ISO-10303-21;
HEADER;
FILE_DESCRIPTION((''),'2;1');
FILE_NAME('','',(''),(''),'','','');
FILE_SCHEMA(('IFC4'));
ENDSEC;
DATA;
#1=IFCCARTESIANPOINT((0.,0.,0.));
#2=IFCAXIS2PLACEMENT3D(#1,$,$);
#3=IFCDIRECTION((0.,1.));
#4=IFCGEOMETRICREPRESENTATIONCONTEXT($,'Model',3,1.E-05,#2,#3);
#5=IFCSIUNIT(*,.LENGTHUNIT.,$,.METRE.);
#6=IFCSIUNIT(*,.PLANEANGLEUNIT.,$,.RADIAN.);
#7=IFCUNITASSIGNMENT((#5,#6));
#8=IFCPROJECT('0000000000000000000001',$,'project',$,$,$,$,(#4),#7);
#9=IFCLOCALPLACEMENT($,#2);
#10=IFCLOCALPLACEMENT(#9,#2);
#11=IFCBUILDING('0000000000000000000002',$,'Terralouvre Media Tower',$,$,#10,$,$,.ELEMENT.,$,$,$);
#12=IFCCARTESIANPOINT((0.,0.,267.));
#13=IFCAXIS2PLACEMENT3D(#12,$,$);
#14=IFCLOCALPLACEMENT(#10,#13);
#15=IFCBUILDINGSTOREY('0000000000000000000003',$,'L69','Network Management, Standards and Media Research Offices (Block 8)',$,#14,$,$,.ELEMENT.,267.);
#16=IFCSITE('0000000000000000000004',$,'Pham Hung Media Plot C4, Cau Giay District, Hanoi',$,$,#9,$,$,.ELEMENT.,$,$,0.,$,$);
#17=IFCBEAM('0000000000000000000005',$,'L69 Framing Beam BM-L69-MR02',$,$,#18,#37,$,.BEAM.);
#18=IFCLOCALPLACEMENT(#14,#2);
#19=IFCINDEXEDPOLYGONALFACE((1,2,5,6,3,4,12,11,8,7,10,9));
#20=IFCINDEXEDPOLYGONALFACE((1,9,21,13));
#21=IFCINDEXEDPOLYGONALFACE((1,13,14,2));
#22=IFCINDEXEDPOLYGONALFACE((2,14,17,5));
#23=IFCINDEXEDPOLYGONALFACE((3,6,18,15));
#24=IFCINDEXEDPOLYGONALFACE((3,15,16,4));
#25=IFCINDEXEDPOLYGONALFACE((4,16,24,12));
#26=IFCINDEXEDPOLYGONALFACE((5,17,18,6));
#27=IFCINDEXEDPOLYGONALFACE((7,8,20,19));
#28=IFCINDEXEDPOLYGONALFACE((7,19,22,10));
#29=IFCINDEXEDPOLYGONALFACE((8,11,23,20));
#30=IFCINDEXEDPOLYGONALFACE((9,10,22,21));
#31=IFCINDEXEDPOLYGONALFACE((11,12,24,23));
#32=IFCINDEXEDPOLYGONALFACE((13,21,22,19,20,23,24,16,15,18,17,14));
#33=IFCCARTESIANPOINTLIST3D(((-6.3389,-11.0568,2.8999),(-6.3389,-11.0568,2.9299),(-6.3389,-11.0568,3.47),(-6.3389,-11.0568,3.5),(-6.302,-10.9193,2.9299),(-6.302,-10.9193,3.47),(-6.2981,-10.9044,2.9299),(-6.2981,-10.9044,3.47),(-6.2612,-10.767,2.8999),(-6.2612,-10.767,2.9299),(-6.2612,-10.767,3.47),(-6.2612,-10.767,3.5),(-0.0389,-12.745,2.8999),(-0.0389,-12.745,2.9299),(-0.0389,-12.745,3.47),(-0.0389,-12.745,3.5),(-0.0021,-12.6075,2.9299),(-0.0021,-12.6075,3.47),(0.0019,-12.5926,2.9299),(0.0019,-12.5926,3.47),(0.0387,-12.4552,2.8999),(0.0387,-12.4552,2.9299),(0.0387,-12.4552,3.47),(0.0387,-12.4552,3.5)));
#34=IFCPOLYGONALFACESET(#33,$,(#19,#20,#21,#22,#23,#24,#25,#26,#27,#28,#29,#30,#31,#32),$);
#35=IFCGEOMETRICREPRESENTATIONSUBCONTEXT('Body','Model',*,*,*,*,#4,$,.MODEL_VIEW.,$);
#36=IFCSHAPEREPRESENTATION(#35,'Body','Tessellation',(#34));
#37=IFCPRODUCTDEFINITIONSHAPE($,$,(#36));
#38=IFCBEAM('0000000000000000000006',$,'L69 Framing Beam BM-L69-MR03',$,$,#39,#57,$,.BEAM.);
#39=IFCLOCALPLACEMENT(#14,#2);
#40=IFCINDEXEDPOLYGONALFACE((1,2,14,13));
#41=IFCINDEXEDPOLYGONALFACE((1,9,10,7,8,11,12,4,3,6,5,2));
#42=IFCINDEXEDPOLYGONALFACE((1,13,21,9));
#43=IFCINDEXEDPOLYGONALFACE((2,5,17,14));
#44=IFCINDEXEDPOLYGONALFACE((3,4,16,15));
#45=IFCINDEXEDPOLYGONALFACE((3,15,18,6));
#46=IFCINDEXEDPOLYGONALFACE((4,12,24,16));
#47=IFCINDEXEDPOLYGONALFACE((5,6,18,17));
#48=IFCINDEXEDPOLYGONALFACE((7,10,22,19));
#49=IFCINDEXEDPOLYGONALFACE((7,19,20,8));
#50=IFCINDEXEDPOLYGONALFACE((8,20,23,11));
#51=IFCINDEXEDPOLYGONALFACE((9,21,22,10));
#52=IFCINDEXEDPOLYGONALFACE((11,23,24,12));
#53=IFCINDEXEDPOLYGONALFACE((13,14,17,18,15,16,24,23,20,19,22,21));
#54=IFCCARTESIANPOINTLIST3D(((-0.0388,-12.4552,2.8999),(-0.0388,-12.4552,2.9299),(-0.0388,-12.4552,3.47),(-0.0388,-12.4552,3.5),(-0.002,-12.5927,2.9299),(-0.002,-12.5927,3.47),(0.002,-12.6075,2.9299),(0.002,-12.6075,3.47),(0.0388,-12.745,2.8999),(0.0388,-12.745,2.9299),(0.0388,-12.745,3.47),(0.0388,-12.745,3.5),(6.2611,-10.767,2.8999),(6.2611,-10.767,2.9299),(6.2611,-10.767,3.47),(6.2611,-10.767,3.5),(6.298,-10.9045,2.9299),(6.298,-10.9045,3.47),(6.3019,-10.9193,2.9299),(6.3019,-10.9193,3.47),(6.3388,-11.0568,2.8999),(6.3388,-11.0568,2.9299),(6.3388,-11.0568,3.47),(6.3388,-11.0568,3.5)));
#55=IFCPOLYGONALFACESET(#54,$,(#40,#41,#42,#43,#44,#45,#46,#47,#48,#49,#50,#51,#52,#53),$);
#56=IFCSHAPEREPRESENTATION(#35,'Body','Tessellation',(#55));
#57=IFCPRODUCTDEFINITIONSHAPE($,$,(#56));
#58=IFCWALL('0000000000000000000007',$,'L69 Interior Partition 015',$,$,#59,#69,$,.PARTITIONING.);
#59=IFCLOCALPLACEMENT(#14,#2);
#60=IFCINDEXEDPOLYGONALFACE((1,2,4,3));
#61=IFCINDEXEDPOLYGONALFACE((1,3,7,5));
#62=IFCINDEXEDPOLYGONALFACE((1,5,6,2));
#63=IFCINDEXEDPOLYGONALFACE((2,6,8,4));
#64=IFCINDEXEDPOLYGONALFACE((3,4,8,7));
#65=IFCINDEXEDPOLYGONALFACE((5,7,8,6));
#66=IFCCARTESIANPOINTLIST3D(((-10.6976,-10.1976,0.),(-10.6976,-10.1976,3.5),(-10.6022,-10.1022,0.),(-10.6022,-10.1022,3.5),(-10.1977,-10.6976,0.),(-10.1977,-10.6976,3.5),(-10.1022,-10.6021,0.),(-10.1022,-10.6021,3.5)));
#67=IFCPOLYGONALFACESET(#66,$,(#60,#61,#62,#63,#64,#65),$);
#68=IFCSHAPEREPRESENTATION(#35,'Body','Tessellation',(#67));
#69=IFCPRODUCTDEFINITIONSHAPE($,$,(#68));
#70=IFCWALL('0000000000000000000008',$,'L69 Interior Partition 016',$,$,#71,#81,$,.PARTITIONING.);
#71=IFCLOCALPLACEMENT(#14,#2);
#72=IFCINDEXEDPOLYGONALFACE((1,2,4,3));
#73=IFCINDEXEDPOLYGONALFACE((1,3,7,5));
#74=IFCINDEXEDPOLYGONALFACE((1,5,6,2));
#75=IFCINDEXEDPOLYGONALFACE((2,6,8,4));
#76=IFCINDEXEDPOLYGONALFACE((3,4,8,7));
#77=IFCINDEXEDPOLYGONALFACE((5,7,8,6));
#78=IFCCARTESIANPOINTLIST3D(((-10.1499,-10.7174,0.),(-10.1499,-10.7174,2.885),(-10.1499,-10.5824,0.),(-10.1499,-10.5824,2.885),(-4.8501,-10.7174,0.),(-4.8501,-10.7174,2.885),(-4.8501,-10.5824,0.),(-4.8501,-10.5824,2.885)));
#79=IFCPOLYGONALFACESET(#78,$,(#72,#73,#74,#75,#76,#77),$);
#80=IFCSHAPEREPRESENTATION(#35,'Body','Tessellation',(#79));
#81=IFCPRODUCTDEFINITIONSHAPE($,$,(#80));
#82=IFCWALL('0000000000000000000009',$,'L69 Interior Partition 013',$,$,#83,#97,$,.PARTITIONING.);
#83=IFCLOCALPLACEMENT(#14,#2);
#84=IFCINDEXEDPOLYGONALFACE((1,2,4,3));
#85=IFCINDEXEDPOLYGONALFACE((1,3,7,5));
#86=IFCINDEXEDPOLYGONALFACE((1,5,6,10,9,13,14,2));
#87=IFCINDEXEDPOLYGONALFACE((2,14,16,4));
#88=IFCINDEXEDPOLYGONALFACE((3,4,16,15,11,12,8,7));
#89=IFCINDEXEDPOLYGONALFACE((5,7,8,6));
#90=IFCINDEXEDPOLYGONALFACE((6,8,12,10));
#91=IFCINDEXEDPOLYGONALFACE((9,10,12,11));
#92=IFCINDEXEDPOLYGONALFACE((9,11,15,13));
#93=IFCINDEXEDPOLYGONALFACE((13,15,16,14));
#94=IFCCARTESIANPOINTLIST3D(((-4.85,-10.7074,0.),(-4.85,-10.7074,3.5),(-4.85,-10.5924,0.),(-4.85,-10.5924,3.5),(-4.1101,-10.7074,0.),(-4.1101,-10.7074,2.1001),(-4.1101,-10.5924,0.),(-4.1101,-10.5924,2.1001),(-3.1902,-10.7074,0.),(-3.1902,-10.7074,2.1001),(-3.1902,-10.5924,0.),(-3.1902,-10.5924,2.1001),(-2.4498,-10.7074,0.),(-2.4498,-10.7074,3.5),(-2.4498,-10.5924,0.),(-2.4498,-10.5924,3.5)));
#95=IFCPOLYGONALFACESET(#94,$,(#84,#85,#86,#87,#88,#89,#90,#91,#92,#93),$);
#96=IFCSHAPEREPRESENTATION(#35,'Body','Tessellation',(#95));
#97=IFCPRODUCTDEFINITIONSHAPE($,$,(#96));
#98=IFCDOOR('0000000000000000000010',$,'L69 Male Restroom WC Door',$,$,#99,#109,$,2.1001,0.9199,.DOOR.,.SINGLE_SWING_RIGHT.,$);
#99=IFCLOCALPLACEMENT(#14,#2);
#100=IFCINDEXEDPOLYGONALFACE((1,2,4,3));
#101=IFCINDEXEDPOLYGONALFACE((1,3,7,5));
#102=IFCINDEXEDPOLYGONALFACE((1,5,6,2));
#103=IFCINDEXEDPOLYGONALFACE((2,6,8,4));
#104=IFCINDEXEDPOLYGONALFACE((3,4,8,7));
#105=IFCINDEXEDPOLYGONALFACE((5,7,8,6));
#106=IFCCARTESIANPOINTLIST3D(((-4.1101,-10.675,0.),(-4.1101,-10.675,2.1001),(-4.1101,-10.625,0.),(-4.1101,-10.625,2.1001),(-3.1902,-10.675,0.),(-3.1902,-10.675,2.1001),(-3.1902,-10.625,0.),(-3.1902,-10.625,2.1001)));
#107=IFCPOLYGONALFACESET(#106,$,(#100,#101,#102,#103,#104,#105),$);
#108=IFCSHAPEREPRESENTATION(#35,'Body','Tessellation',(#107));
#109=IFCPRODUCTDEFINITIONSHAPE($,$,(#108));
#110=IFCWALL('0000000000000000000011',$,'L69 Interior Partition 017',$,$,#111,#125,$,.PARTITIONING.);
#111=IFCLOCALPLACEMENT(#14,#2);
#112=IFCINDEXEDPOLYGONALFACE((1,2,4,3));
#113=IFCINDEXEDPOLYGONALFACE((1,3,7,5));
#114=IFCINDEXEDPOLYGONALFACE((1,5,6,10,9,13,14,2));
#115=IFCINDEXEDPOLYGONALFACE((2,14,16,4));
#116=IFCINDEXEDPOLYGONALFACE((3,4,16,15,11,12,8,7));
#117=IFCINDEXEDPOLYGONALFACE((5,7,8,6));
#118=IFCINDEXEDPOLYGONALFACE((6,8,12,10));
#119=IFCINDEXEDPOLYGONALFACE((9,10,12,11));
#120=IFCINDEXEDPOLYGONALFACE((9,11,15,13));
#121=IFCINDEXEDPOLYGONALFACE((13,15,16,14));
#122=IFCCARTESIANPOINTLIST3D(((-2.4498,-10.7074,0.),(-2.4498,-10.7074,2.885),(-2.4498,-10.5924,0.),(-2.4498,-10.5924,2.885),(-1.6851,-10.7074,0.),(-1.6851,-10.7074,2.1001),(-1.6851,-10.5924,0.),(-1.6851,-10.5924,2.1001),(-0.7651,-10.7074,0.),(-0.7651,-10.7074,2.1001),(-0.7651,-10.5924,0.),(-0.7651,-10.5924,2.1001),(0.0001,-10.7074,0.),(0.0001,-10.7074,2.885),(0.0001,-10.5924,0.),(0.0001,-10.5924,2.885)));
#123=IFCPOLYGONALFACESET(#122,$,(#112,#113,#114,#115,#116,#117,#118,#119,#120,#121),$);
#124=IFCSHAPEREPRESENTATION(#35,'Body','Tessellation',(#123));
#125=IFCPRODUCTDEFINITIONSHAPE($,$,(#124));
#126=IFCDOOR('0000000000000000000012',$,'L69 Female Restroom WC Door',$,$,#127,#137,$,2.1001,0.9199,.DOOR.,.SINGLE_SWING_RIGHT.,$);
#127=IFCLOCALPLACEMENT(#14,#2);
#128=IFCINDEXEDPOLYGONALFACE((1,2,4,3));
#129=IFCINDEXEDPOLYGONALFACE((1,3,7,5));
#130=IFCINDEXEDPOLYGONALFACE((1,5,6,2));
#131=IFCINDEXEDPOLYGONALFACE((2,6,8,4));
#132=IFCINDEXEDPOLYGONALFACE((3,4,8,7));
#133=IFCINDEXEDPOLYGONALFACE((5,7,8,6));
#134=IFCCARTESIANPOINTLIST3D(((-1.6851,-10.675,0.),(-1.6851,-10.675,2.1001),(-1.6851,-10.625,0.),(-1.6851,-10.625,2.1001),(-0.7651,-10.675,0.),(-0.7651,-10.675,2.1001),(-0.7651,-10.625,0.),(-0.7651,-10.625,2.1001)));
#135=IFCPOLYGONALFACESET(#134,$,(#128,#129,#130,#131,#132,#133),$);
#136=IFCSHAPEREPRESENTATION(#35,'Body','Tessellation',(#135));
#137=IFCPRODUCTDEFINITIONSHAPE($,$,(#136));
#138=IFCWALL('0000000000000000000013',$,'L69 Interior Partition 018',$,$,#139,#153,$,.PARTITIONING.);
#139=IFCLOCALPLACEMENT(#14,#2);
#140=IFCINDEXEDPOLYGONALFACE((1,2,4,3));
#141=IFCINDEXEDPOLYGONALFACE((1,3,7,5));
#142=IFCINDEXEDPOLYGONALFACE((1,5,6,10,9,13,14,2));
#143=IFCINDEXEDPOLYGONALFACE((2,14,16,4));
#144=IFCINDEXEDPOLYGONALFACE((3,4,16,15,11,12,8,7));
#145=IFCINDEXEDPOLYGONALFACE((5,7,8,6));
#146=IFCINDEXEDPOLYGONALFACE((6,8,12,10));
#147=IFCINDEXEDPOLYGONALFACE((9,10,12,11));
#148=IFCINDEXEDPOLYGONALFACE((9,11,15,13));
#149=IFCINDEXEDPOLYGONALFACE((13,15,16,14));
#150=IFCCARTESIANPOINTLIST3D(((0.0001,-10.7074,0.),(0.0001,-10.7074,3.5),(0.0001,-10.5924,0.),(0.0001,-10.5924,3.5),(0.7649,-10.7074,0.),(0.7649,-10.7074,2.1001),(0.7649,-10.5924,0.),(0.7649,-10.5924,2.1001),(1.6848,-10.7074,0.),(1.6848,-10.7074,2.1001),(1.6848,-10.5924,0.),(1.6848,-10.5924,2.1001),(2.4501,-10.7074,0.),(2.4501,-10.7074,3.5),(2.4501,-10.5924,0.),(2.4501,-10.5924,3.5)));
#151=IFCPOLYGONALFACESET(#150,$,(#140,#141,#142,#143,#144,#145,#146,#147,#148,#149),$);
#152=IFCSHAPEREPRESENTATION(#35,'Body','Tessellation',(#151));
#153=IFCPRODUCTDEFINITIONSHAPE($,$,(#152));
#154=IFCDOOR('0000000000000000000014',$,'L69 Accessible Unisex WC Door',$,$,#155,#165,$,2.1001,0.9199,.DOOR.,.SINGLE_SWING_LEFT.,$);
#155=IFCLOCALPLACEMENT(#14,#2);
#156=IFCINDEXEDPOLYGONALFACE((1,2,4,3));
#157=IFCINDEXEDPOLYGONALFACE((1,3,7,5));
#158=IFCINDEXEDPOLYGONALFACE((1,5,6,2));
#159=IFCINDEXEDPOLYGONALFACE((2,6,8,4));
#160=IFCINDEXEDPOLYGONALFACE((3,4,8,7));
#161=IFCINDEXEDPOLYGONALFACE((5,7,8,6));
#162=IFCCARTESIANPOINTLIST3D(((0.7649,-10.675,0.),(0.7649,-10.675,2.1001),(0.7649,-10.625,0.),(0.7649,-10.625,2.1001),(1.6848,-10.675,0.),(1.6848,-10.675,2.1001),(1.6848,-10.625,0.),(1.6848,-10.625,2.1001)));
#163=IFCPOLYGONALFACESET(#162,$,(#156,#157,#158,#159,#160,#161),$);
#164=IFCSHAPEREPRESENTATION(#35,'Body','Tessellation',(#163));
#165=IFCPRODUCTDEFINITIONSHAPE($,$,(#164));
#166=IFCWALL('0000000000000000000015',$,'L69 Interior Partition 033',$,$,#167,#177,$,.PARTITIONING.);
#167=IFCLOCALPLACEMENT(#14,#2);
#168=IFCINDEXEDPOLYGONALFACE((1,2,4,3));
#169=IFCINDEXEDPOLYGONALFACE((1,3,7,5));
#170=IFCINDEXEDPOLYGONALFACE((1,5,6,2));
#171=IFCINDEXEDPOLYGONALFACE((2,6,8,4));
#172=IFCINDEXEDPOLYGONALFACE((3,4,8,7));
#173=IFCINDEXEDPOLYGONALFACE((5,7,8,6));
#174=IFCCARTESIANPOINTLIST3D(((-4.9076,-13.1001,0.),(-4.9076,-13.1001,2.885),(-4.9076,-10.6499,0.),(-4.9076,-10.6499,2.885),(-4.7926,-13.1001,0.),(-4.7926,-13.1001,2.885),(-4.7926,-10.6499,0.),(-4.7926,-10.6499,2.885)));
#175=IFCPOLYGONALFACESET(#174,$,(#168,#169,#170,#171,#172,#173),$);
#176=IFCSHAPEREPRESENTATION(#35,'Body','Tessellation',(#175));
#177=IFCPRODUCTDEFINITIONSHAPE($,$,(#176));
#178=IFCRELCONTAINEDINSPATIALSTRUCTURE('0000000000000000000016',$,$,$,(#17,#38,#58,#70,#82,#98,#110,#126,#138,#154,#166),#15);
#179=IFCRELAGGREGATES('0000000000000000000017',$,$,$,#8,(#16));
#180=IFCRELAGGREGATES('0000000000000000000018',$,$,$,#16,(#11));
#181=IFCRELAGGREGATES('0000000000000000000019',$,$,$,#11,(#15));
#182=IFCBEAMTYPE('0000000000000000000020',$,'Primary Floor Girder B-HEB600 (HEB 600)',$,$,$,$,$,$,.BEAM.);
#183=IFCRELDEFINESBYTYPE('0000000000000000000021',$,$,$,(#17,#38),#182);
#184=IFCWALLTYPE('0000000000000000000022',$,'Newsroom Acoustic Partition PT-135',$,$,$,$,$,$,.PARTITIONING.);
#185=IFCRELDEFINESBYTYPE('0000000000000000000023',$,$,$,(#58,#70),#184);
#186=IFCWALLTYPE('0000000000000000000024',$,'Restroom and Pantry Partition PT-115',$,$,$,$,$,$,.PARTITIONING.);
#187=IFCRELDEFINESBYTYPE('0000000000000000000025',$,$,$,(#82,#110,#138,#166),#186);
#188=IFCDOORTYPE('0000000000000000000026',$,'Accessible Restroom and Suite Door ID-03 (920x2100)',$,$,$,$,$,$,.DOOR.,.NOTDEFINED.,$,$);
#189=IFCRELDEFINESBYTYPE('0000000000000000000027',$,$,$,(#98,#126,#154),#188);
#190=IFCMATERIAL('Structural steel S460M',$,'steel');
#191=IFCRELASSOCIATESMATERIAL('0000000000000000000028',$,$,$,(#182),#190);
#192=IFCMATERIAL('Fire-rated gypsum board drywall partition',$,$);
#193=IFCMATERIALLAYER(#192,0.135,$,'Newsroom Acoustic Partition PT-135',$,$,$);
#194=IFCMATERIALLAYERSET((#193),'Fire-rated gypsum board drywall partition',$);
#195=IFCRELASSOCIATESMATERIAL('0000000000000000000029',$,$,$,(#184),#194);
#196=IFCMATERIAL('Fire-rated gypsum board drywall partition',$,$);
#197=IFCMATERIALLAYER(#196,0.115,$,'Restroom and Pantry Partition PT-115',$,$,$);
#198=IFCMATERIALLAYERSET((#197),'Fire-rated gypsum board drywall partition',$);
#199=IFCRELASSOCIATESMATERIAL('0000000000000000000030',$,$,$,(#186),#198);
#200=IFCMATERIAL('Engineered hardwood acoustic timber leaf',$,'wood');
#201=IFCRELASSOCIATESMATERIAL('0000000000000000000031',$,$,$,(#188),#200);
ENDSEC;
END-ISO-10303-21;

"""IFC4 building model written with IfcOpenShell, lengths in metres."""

from ifc_helpers import new_model, si_unit, direction, frame, frame_2d, origin, origin_2d, place, context, subcontext, project, spatial, rectangle, i_section, extrude, material, layer, layer_set, material_profile, profile_set, type_object, element, fill, save


model = new_model("IFC4")

# Units and contexts
model_context = context("Model", 3, precision=1e-05, world=origin(), true_north=direction((0.0, 1.0)))
body_context = subcontext(model_context, "Body", "Model", "MODEL_VIEW")
ifc_project = project(units=[si_unit("LENGTHUNIT", "METRE"), si_unit("PLANEANGLEUNIT", "RADIAN")], contexts=[model_context])

# Site, building, storey
site_placement = place(None, origin())
site = spatial("IfcSite", under=ifc_project, at=site_placement, Name="Pham Hung Media Plot C4, Cau Giay District, Hanoi", CompositionType="ELEMENT", RefElevation=0.0)
building_placement = place(site_placement, origin())
building = spatial("IfcBuilding", under=site, at=building_placement, Name="Terralouvre Media Tower", CompositionType="ELEMENT")
storey_placement = place(building_placement, frame((0.0, 0.0, 267.0)))
storey = spatial("IfcBuildingStorey", under=building, at=storey_placement, Name="L69", Description="Network Management, Standards and Media Research Offices (Block 8)", CompositionType="ELEMENT", Elevation=267.0)

# Beams
ifc_material_1 = material(Name="Structural steel S460M", Category="steel")
ifc_material_profile_1 = material_profile(ifc_material_1, i_section(OverallWidth=0.3, OverallDepth=0.6001, WebThickness=0.0154, FlangeThickness=0.03, at=origin_2d()), Name="HEB 600")
ifc_profile_set_1 = profile_set([ifc_material_profile_1], Name="Structural steel S460M")
beam_type_1 = type_object("IfcBeamType", Name="Primary Floor Girder B-HEB600 (HEB 600)", PredefinedType="BEAM", material=ifc_profile_set_1)
for number, where, z_axis, x_axis, name in (
    (1, (-6.3, -10.9119, 3.2), (0.96592, -0.258839, 0.0), (0.258839, 0.96592, 0.0), "L69 Framing Beam BM-L69-MR02"),
    (2, (0.0, -12.6001, 3.2), (0.96592, 0.258839, 0.0), (-0.258839, 0.96592, 0.0), "L69 Framing Beam BM-L69-MR03"),
):
    element("IfcBeam", number, at=place(storey_placement, frame(where, z_axis=z_axis, x_axis=x_axis)), inside=storey, type_object=beam_type_1, Name=name, PredefinedType="BEAM", context=body_context, shape_type="SweptSolid", body=[
        extrude(i_section(OverallWidth=0.3, OverallDepth=0.6001, WebThickness=0.0154, FlangeThickness=0.03, at=origin_2d()), origin(), (0.0, 0.0, 1.0), 6.5222),
    ])

# Walls
ifc_material_2 = material(Name="Fire-rated gypsum board drywall partition")
ifc_layer_1 = layer(ifc_material_2, 0.135, Name="Newsroom Acoustic Partition PT-135")
ifc_layer_set_1 = layer_set([ifc_layer_1], Name="Fire-rated gypsum board drywall partition")
wall_type_1 = type_object("IfcWallType", Name="Newsroom Acoustic Partition PT-135", PredefinedType="PARTITIONING", material=ifc_layer_set_1)
wall_1_placement = place(storey_placement, frame((-10.6499, -10.1499, 0.0), z_axis=(0.0, 0.0, 1.0), x_axis=(0.707107, -0.707107, 0.0)))
element("IfcWall", 3, at=wall_1_placement, inside=storey, type_object=wall_type_1, Name="L69 Interior Partition 015", PredefinedType="PARTITIONING", context=body_context, shape_type="SweptSolid", body=[
    extrude(rectangle(XDim=0.707, YDim=0.135, at=frame_2d((0.3535, 0.0))), origin(), (0.0, 0.0, 1.0), 3.5),
])
wall_2_placement = place(storey_placement, frame((-10.1499, -10.6499, 0.0), z_axis=(0.0, 0.0, 1.0), x_axis=(1.0, 0.0, 0.0)))
element("IfcWall", 4, at=wall_2_placement, inside=storey, type_object=wall_type_1, Name="L69 Interior Partition 016", PredefinedType="PARTITIONING", context=body_context, shape_type="SweptSolid", body=[
    extrude(rectangle(XDim=5.2998, YDim=0.135, at=frame_2d((2.6499, 0.0))), origin(), (0.0, 0.0, 1.0), 2.885),
])

# Walls, openings, doors
ifc_material_3 = material(Name="Fire-rated gypsum board drywall partition")
ifc_layer_2 = layer(ifc_material_3, 0.115, Name="Restroom and Pantry Partition PT-115")
ifc_layer_set_2 = layer_set([ifc_layer_2], Name="Fire-rated gypsum board drywall partition")
wall_type_2 = type_object("IfcWallType", Name="Restroom and Pantry Partition PT-115", PredefinedType="PARTITIONING", material=ifc_layer_set_2)
wall_3_placement = place(storey_placement, frame((-4.8501, -10.6499, 0.0), z_axis=(0.0, 0.0, 1.0), x_axis=(1.0, 0.0, 0.0)))
wall_3 = element("IfcWall", 5, at=wall_3_placement, inside=storey, type_object=wall_type_2, Name="L69 Interior Partition 013", PredefinedType="PARTITIONING", context=body_context, shape_type="SweptSolid", body=[
    extrude(rectangle(XDim=2.4001, YDim=0.115, at=frame_2d((1.2002, 0.0))), origin(), (0.0, 0.0, 1.0), 3.5),
])
opening_1_placement = place(wall_3_placement, frame((0.74, 0.0, 0.0)))
opening_1 = element("IfcOpeningElement", 6, at=opening_1_placement, cuts=wall_3, PredefinedType="OPENING", context=body_context, shape_type="SweptSolid", body=[
    extrude(rectangle(XDim=0.9199, YDim=2.1001, at=frame_2d((0.46, 1.05))), frame((0.0, 0.0674, 0.0), z_axis=(0.0, -1.0, 0.0), x_axis=(1.0, 0.0, 0.0)), (0.0, 0.0, 1.0), 0.135),
])
ifc_material_4 = material(Name="Engineered hardwood acoustic timber leaf", Category="wood")
door_type = type_object("IfcDoorType", Name="Accessible Restroom and Suite Door ID-03 (920x2100)", OperationType="NOTDEFINED", PredefinedType="DOOR", material=ifc_material_4)
door_1_placement = place(opening_1_placement, origin())
door_1 = element("IfcDoor", 7, at=door_1_placement, inside=storey, type_object=door_type, Name="L69 Male Restroom WC Door", OperationType="SINGLE_SWING_RIGHT", OverallHeight=2.1001, OverallWidth=0.9199, PredefinedType="DOOR", context=body_context, shape_type="SweptSolid", body=[
    extrude(rectangle(XDim=0.9199, YDim=2.1001, at=frame_2d((0.46, 1.05))), frame((0.0, 0.0249, 0.0), z_axis=(0.0, -1.0, 0.0), x_axis=(1.0, 0.0, 0.0)), (0.0, 0.0, 1.0), 0.05),
])
fill(opening_1, door_1)
wall_4_placement = place(storey_placement, frame((-2.45, -10.6499, 0.0), z_axis=(0.0, 0.0, 1.0), x_axis=(1.0, 0.0, 0.0)))
wall_4 = element("IfcWall", 8, at=wall_4_placement, inside=storey, type_object=wall_type_2, Name="L69 Interior Partition 017", PredefinedType="PARTITIONING", context=body_context, shape_type="SweptSolid", body=[
    extrude(rectangle(XDim=2.45, YDim=0.115, at=frame_2d((1.2251, 0.0))), origin(), (0.0, 0.0, 1.0), 2.885),
])
opening_2_placement = place(wall_4_placement, frame((0.7649, 0.0, 0.0)))
opening_2 = element("IfcOpeningElement", 9, at=opening_2_placement, cuts=wall_4, PredefinedType="OPENING", context=body_context, shape_type="SweptSolid", body=[
    extrude(rectangle(XDim=0.9199, YDim=2.1001, at=frame_2d((0.46, 1.05))), frame((0.0, 0.0674, 0.0), z_axis=(0.0, -1.0, 0.0), x_axis=(1.0, 0.0, 0.0)), (0.0, 0.0, 1.0), 0.135),
])
door_2_placement = place(opening_2_placement, origin())
door_2 = element("IfcDoor", 10, at=door_2_placement, inside=storey, type_object=door_type, Name="L69 Female Restroom WC Door", OperationType="SINGLE_SWING_RIGHT", OverallHeight=2.1001, OverallWidth=0.9199, PredefinedType="DOOR", context=body_context, shape_type="SweptSolid", body=[
    extrude(rectangle(XDim=0.9199, YDim=2.1001, at=frame_2d((0.46, 1.05))), frame((0.0, 0.0249, 0.0), z_axis=(0.0, -1.0, 0.0), x_axis=(1.0, 0.0, 0.0)), (0.0, 0.0, 1.0), 0.05),
])
fill(opening_2, door_2)
wall_5_placement = place(storey_placement, frame((0.0, -10.6499, 0.0), z_axis=(0.0, 0.0, 1.0), x_axis=(1.0, 0.0, 0.0)))
wall_5 = element("IfcWall", 11, at=wall_5_placement, inside=storey, type_object=wall_type_2, Name="L69 Interior Partition 018", PredefinedType="PARTITIONING", context=body_context, shape_type="SweptSolid", body=[
    extrude(rectangle(XDim=2.45, YDim=0.115, at=frame_2d((1.2251, 0.0))), origin(), (0.0, 0.0, 1.0), 3.5),
])
opening_3_placement = place(wall_5_placement, frame((0.7649, 0.0, 0.0)))
opening_3 = element("IfcOpeningElement", 12, at=opening_3_placement, cuts=wall_5, PredefinedType="OPENING", context=body_context, shape_type="SweptSolid", body=[
    extrude(rectangle(XDim=0.9199, YDim=2.1001, at=frame_2d((0.46, 1.05))), frame((0.0, 0.0674, 0.0), z_axis=(0.0, -1.0, 0.0), x_axis=(1.0, 0.0, 0.0)), (0.0, 0.0, 1.0), 0.135),
])
door_3_placement = place(opening_3_placement, origin())
door_3 = element("IfcDoor", 13, at=door_3_placement, inside=storey, type_object=door_type, Name="L69 Accessible Unisex WC Door", OperationType="SINGLE_SWING_LEFT", OverallHeight=2.1001, OverallWidth=0.9199, PredefinedType="DOOR", context=body_context, shape_type="SweptSolid", body=[
    extrude(rectangle(XDim=0.9199, YDim=2.1001, at=frame_2d((0.46, 1.05))), frame((0.0, 0.0249, 0.0), z_axis=(0.0, -1.0, 0.0), x_axis=(1.0, 0.0, 0.0)), (0.0, 0.0, 1.0), 0.05),
])
fill(opening_3, door_3)

# Wall
for number, where, z_axis, x_axis, name in (
    (14, (-4.8501, -10.6499, 0.0), (0.0, 0.0, 1.0), (0.0, -1.0, 0.0), "L69 Interior Partition 033"),
):
    element("IfcWall", number, at=place(storey_placement, frame(where, z_axis=z_axis, x_axis=x_axis)), inside=storey, type_object=wall_type_2, Name=name, PredefinedType="PARTITIONING", context=body_context, shape_type="SweptSolid", body=[
        extrude(rectangle(XDim=2.4502, YDim=0.115, at=frame_2d((1.2251, 0.0))), origin(), (0.0, 0.0, 1.0), 2.885),
    ])

save(model, "model.ifc")
